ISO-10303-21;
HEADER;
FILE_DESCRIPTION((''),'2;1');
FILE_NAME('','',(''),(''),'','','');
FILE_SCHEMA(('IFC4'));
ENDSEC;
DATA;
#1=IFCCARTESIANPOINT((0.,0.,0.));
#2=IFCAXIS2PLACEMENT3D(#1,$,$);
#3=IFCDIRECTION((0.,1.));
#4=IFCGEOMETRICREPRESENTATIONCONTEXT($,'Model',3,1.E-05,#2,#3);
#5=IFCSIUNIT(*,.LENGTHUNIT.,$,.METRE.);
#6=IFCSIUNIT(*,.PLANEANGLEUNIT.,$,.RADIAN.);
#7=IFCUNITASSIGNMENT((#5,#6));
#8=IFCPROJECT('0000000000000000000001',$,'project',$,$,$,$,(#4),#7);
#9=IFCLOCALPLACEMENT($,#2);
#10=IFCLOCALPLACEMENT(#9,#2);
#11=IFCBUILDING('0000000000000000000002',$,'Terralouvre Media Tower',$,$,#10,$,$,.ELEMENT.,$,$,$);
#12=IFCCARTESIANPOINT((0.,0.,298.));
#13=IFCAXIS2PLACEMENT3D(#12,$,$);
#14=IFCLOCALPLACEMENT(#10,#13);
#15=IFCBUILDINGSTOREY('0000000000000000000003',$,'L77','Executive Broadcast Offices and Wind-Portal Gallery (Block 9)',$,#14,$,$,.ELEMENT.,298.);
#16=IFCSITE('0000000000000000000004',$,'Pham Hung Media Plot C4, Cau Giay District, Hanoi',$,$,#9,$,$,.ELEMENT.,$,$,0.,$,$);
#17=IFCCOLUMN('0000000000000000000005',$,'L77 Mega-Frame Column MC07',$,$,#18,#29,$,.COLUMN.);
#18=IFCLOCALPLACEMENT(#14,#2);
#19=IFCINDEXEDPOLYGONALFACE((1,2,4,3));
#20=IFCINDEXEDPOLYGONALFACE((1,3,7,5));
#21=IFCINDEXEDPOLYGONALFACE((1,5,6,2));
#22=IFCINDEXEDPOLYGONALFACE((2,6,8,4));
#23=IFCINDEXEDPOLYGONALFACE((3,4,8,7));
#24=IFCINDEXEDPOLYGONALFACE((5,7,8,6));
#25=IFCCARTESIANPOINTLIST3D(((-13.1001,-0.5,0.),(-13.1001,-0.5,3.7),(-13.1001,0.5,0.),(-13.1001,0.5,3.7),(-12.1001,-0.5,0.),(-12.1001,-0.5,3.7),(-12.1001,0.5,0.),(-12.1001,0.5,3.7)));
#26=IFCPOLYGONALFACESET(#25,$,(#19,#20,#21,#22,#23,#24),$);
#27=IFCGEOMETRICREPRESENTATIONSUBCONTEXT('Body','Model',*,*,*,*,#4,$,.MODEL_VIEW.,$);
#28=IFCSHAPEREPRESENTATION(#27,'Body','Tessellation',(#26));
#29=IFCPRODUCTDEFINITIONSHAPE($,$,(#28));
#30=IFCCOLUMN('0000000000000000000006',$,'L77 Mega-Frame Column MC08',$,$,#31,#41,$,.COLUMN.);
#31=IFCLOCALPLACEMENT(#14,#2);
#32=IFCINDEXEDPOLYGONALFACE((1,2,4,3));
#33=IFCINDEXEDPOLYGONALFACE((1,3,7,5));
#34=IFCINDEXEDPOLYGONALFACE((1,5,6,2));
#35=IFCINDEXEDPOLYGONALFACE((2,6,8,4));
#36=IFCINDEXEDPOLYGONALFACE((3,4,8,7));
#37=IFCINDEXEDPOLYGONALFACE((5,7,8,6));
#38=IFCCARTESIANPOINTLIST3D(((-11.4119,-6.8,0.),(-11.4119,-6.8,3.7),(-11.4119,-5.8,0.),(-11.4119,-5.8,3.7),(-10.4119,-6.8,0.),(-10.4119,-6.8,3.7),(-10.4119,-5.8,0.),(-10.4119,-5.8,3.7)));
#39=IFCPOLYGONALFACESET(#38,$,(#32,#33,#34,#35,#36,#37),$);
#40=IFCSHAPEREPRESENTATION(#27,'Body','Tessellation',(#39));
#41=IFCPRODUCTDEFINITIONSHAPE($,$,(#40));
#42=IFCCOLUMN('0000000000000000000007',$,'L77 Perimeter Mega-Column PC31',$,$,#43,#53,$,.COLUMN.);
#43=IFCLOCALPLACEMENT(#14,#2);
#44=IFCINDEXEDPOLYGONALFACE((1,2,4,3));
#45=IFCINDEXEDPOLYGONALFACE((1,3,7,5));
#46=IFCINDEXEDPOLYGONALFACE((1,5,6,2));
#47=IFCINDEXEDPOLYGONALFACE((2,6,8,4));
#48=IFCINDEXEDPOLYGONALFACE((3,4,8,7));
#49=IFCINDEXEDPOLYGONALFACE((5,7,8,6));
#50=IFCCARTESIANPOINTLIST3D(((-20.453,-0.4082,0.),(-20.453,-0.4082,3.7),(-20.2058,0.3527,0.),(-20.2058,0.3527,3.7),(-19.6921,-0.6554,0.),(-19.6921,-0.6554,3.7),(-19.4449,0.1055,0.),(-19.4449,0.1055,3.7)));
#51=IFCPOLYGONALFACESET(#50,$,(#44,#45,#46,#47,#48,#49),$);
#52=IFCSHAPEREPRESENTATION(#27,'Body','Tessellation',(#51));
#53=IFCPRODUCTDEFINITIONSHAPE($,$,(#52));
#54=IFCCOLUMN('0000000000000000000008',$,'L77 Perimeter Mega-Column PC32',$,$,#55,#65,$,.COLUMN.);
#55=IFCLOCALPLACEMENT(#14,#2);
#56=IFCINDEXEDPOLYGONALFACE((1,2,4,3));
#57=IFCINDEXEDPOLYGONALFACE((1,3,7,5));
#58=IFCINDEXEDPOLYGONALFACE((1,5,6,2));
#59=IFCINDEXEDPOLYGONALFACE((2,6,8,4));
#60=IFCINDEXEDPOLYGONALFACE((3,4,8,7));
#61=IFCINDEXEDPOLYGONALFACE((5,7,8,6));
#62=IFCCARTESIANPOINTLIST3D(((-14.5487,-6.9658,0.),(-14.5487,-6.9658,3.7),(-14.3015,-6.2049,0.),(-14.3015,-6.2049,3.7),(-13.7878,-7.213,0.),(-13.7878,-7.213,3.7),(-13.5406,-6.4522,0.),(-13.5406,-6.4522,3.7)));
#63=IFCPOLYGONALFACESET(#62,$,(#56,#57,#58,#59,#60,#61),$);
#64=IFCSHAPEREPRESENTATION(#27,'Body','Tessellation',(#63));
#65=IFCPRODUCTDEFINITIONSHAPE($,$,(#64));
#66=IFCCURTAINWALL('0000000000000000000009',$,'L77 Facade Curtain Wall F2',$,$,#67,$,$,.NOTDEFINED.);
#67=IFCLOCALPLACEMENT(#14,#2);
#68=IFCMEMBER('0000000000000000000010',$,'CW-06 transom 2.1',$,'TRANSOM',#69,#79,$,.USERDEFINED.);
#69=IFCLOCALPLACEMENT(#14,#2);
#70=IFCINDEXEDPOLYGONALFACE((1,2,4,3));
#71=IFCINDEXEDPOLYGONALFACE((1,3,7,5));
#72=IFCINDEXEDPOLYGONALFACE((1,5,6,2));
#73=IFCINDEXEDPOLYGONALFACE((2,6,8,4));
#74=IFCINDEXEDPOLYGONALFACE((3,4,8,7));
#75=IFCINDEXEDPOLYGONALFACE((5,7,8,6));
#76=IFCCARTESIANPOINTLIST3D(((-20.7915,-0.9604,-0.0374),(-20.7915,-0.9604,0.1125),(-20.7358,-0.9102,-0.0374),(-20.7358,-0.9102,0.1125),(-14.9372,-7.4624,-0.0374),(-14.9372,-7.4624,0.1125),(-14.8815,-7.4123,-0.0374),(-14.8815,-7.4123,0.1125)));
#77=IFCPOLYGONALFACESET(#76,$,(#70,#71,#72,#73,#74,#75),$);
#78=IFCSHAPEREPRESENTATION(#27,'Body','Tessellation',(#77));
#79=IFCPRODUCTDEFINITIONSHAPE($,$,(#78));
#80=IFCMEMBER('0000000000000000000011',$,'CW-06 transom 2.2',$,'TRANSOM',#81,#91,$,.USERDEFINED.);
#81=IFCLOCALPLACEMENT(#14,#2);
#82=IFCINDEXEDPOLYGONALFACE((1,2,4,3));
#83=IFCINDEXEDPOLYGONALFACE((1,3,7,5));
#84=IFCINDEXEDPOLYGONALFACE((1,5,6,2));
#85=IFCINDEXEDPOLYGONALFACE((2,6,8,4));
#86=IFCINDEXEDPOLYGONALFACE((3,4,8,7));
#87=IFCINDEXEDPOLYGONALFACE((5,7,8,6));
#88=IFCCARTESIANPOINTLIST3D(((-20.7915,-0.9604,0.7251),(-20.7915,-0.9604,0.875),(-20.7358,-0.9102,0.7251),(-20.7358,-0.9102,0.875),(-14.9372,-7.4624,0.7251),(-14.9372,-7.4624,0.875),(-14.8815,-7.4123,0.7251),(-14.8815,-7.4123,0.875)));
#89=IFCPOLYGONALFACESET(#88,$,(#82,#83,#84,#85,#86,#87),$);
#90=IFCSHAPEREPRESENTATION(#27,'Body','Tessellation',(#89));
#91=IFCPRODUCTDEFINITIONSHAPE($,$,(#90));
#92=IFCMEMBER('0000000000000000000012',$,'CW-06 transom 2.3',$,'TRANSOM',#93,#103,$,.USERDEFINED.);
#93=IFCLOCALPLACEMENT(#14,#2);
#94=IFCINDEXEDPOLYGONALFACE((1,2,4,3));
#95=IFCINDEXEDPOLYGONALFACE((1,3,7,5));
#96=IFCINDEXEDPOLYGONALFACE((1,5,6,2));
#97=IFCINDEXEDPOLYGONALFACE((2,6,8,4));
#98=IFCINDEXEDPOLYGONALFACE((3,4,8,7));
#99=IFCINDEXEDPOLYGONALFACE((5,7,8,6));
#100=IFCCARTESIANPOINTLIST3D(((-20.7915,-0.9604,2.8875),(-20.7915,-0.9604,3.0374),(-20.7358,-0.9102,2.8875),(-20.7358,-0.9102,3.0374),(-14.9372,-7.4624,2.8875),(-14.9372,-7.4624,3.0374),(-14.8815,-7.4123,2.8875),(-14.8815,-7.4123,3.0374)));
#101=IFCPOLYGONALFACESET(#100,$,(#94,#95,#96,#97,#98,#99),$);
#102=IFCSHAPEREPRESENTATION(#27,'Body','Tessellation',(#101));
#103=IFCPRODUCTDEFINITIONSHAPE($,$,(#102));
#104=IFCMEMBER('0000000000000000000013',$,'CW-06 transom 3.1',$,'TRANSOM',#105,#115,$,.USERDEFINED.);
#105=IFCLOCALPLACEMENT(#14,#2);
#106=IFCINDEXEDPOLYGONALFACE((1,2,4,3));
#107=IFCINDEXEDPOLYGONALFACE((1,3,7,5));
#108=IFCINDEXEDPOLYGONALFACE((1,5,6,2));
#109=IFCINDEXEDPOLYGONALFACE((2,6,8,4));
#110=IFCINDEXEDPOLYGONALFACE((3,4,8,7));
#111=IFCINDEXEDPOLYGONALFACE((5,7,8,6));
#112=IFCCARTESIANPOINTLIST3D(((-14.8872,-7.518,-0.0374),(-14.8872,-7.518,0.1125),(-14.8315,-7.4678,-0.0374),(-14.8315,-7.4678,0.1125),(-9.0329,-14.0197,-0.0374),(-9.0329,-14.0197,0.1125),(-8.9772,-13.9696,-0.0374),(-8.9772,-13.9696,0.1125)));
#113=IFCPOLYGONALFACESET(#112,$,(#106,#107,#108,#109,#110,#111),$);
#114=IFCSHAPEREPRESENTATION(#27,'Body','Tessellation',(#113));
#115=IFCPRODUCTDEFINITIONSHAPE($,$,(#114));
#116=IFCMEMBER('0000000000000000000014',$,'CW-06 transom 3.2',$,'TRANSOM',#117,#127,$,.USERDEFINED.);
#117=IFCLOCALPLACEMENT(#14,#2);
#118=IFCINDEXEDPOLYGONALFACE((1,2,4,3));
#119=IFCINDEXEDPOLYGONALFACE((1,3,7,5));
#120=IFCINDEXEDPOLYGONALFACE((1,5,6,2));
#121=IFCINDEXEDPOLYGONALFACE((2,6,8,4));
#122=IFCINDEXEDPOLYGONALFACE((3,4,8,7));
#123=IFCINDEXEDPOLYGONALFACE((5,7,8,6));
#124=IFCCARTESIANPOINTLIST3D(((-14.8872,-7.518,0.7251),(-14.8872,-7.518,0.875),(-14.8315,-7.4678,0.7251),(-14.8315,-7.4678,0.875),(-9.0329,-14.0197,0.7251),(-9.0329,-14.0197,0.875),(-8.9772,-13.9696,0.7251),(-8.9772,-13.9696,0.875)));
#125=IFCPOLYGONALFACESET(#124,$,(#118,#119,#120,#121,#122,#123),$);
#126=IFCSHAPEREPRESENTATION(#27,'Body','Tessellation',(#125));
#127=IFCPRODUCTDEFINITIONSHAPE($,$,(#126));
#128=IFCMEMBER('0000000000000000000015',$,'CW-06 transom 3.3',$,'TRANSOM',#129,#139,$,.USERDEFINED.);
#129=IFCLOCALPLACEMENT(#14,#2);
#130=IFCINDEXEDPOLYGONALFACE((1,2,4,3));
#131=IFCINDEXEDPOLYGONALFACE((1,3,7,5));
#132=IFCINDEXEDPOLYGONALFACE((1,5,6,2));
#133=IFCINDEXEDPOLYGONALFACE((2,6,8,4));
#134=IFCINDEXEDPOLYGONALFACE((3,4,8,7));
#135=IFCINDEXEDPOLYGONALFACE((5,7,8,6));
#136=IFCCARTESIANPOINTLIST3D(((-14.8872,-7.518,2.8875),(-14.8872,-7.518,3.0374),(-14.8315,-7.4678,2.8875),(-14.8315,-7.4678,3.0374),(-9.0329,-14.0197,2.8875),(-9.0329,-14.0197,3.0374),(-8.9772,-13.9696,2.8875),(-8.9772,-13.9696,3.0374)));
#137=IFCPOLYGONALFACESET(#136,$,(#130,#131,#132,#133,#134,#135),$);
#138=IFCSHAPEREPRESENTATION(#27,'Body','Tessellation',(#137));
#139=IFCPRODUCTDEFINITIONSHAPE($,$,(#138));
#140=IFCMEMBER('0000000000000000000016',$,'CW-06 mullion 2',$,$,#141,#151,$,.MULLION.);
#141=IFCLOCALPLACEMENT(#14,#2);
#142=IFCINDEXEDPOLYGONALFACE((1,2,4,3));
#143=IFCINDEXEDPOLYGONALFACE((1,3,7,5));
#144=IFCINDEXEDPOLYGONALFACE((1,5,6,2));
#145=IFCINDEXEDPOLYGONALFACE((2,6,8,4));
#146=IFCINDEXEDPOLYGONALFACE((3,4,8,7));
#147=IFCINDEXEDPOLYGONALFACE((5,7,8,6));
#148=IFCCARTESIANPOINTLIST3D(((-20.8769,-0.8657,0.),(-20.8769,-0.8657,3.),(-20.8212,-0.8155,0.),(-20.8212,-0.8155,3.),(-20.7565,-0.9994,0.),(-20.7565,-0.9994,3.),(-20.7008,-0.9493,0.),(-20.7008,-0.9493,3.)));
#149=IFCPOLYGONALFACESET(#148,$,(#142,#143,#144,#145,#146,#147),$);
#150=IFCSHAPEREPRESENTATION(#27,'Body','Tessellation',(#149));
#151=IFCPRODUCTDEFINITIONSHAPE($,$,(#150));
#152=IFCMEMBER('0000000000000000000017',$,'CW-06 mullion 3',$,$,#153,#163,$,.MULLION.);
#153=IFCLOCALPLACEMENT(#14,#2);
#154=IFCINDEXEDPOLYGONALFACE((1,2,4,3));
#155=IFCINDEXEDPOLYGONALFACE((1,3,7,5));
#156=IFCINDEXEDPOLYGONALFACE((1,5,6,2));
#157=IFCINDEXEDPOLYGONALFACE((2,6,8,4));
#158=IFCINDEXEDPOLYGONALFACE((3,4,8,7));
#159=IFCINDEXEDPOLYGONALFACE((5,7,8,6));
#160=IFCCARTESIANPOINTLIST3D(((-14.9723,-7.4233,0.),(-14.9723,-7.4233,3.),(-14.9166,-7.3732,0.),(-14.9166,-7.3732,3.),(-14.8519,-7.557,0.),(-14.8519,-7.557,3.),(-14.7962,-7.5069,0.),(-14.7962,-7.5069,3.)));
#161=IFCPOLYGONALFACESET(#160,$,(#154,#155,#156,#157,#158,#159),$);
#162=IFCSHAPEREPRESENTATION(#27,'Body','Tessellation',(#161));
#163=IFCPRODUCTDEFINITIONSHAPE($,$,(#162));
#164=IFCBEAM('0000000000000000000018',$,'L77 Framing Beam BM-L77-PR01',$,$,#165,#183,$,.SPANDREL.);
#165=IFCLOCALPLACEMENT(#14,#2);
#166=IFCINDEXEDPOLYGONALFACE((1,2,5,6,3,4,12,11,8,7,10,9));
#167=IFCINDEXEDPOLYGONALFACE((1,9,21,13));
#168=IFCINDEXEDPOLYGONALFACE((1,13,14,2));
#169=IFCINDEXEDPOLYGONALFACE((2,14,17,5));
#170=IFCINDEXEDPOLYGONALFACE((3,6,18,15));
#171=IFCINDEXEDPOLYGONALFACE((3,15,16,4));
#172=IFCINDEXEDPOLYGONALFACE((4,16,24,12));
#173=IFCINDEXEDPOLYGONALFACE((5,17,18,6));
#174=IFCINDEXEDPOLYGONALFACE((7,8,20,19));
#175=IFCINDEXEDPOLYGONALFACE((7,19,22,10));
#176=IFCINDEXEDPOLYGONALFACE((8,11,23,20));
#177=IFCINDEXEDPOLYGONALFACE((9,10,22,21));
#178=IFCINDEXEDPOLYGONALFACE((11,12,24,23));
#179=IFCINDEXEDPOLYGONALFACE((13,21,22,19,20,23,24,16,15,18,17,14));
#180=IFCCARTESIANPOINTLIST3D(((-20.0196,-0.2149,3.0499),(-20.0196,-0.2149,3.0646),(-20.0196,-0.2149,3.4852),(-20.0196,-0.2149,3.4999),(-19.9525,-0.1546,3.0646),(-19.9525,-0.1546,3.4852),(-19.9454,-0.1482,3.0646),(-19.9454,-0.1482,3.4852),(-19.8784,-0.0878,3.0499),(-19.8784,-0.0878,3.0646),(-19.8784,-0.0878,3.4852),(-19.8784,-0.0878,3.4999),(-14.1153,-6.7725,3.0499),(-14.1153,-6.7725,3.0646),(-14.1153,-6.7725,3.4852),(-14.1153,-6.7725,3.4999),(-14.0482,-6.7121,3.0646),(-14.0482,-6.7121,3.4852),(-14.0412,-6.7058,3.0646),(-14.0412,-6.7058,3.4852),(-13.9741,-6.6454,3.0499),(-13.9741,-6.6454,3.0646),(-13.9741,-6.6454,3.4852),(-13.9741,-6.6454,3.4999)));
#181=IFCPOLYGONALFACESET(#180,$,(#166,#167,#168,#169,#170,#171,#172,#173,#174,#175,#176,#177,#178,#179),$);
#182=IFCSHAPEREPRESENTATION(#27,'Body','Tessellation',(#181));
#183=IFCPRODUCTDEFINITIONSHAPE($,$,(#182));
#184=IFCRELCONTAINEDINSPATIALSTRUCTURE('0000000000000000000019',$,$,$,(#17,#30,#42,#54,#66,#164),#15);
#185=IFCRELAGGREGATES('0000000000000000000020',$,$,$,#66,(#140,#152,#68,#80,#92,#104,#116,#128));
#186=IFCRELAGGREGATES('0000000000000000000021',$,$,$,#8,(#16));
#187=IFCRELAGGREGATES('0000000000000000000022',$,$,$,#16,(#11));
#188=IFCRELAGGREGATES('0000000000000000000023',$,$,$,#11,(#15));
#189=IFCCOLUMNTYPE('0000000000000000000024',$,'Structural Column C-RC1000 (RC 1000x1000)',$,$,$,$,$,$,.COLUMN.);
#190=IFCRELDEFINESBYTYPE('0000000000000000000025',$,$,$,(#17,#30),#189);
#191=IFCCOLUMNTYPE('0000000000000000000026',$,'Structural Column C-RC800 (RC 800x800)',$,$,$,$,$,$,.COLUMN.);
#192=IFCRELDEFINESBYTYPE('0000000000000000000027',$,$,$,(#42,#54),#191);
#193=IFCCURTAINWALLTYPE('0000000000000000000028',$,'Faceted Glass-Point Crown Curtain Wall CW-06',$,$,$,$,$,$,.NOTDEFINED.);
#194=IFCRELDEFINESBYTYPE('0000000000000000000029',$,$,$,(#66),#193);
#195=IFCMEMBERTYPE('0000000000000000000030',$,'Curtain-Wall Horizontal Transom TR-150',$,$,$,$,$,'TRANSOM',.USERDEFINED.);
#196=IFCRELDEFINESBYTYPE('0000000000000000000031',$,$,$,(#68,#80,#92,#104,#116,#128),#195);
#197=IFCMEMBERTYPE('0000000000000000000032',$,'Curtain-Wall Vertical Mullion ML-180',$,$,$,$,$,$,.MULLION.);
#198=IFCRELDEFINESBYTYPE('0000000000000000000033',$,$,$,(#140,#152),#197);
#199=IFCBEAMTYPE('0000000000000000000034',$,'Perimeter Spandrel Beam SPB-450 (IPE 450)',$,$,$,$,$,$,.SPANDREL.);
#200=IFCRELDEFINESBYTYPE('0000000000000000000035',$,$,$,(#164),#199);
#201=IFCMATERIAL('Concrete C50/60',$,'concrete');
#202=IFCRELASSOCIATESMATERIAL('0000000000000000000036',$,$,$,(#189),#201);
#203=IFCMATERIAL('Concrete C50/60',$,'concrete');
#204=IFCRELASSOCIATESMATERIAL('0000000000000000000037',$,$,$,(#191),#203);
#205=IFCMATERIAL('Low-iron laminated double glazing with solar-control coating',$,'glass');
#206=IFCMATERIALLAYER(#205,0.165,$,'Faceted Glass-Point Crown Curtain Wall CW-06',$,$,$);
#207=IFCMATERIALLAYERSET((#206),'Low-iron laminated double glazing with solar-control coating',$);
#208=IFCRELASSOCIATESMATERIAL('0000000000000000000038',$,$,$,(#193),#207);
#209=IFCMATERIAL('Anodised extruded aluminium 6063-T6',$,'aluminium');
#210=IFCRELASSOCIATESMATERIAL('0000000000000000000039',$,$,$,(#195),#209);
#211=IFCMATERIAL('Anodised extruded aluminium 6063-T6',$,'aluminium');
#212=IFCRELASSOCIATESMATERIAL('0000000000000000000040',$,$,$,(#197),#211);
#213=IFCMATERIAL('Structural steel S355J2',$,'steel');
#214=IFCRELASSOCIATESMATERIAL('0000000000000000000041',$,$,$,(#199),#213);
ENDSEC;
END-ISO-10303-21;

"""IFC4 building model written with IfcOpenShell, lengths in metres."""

from ifc_helpers import new_model, si_unit, direction, frame, origin, origin_2d, place, context, subcontext, project, spatial, rectangle, i_section, extrude, material, layer, layer_set, material_profile, profile_set, type_object, element, aggregate, save


model = new_model("IFC4")

# Units and contexts
model_context = context("Model", 3, precision=1e-05, world=origin(), true_north=direction((0.0, 1.0)))
body_context = subcontext(model_context, "Body", "Model", "MODEL_VIEW")
ifc_project = project(units=[si_unit("LENGTHUNIT", "METRE"), si_unit("PLANEANGLEUNIT", "RADIAN")], contexts=[model_context])

# Site, building, storey
site_placement = place(None, origin())
site = spatial("IfcSite", under=ifc_project, at=site_placement, Name="Pham Hung Media Plot C4, Cau Giay District, Hanoi", CompositionType="ELEMENT", RefElevation=0.0)
building_placement = place(site_placement, origin())
building = spatial("IfcBuilding", under=site, at=building_placement, Name="Terralouvre Media Tower", CompositionType="ELEMENT")
storey_placement = place(building_placement, frame((0.0, 0.0, 298.0)))
storey = spatial("IfcBuildingStorey", under=building, at=storey_placement, Name="L77", Description="Executive Broadcast Offices and Wind-Portal Gallery (Block 9)", CompositionType="ELEMENT", Elevation=298.0)

# Columns
ifc_material_1 = material(Name="Concrete C50/60", Category="concrete")
ifc_material_profile_1 = material_profile(ifc_material_1, rectangle(XDim=1.0, YDim=1.0, at=origin_2d()), Name="RC 1000x1000")
ifc_profile_set_1 = profile_set([ifc_material_profile_1], Name="Concrete C50/60")
column_type_1 = type_object("IfcColumnType", Name="Structural Column C-RC1000 (RC 1000x1000)", PredefinedType="COLUMN", material=ifc_profile_set_1)
for number, where, z_axis, x_axis, name in (
    (1, (-12.6001, 0.0, 0.0), (0.0, 0.0, 1.0), (1.0, 0.0, 0.0), "L77 Mega-Frame Column MC07"),
    (2, (-10.9119, -6.3, 0.0), (0.0, 0.0, 1.0), (1.0, 0.0, 0.0), "L77 Mega-Frame Column MC08"),
):
    element("IfcColumn", number, at=place(storey_placement, frame(where, z_axis=z_axis, x_axis=x_axis)), inside=storey, type_object=column_type_1, Name=name, PredefinedType="COLUMN", context=body_context, shape_type="SweptSolid", body=[
        extrude(rectangle(XDim=1.0, YDim=1.0, at=origin_2d()), origin(), (0.0, 0.0, 1.0), 3.7),
    ])
ifc_material_2 = material(Name="Concrete C50/60", Category="concrete")
ifc_material_profile_2 = material_profile(ifc_material_2, rectangle(XDim=0.8, YDim=0.8, at=origin_2d()), Name="RC 800x800")
ifc_profile_set_2 = profile_set([ifc_material_profile_2], Name="Concrete C50/60")
column_type_2 = type_object("IfcColumnType", Name="Structural Column C-RC800 (RC 800x800)", PredefinedType="COLUMN", material=ifc_profile_set_2)
for number, where, z_axis, x_axis, name in (
    (3, (-19.949, -0.1514, 0.0), (0.0, 0.0, 1.0), (0.309017, 0.951057, 0.0), "L77 Perimeter Mega-Column PC31"),
    (4, (-14.0447, -6.709, 0.0), (0.0, 0.0, 1.0), (0.309017, 0.951057, 0.0), "L77 Perimeter Mega-Column PC32"),
):
    element("IfcColumn", number, at=place(storey_placement, frame(where, z_axis=z_axis, x_axis=x_axis)), inside=storey, type_object=column_type_2, Name=name, PredefinedType="COLUMN", context=body_context, shape_type="SweptSolid", body=[
        extrude(rectangle(XDim=0.8, YDim=0.8, at=origin_2d()), origin(), (0.0, 0.0, 1.0), 3.7),
    ])

# Curtain wall, members
ifc_material_3 = material(Name="Low-iron laminated double glazing with solar-control coating", Category="glass")
ifc_layer_1 = layer(ifc_material_3, 0.165, Name="Faceted Glass-Point Crown Curtain Wall CW-06")
ifc_layer_set_1 = layer_set([ifc_layer_1], Name="Low-iron laminated double glazing with solar-control coating")
curtain_wall_type = type_object("IfcCurtainWallType", Name="Faceted Glass-Point Crown Curtain Wall CW-06", PredefinedType="NOTDEFINED", material=ifc_layer_set_1)
curtain_wall_placement = place(storey_placement, origin())
curtain_wall = element("IfcCurtainWall", 5, at=curtain_wall_placement, inside=storey, type_object=curtain_wall_type, Name="L77 Facade Curtain Wall F2", PredefinedType="NOTDEFINED")
ifc_material_4 = material(Name="Anodised extruded aluminium 6063-T6", Category="aluminium")
ifc_material_profile_3 = material_profile(ifc_material_4, rectangle(XDim=0.075, YDim=0.1499, at=origin_2d()), Name="ALU 75x150")
ifc_profile_set_3 = profile_set([ifc_material_profile_3], Name="Anodised extruded aluminium 6063-T6")
member_type_1 = type_object("IfcMemberType", Name="Curtain-Wall Horizontal Transom TR-150", ElementType="TRANSOM", PredefinedType="USERDEFINED", material=ifc_profile_set_3)
member_1_placement = place(storey_placement, frame((-20.7637, -0.9353, 0.0376), z_axis=(0.669122, -0.743153, 0.0), x_axis=(0.743153, 0.669122, 0.0)))
member_1 = element("IfcMember", 6, at=member_1_placement, type_object=member_type_1, Name="CW-06 transom 2.1", ObjectType="TRANSOM", PredefinedType="USERDEFINED", context=body_context, shape_type="SweptSolid", body=[
    extrude(rectangle(XDim=0.075, YDim=0.1499, at=origin_2d()), origin(), (0.0, 0.0, 1.0), 8.7493),
])
member_2_placement = place(storey_placement, frame((-20.7637, -0.9353, 0.8), z_axis=(0.669122, -0.743153, 0.0), x_axis=(0.743153, 0.669122, 0.0)))
member_2 = element("IfcMember", 7, at=member_2_placement, type_object=member_type_1, Name="CW-06 transom 2.2", ObjectType="TRANSOM", PredefinedType="USERDEFINED", context=body_context, shape_type="SweptSolid", body=[
    extrude(rectangle(XDim=0.075, YDim=0.1499, at=origin_2d()), origin(), (0.0, 0.0, 1.0), 8.7493),
])
member_3_placement = place(storey_placement, frame((-20.7637, -0.9353, 2.9624), z_axis=(0.669122, -0.743153, 0.0), x_axis=(0.743153, 0.669122, 0.0)))
member_3 = element("IfcMember", 8, at=member_3_placement, type_object=member_type_1, Name="CW-06 transom 2.3", ObjectType="TRANSOM", PredefinedType="USERDEFINED", context=body_context, shape_type="SweptSolid", body=[
    extrude(rectangle(XDim=0.075, YDim=0.1499, at=origin_2d()), origin(), (0.0, 0.0, 1.0), 8.7493),
])
member_4_placement = place(storey_placement, frame((-14.8594, -7.4929, 0.0376), z_axis=(0.669136, -0.74314, 0.0), x_axis=(0.74314, 0.669136, 0.0)))
member_4 = element("IfcMember", 9, at=member_4_placement, type_object=member_type_1, Name="CW-06 transom 3.1", ObjectType="TRANSOM", PredefinedType="USERDEFINED", context=body_context, shape_type="SweptSolid", body=[
    extrude(rectangle(XDim=0.075, YDim=0.1499, at=origin_2d()), origin(), (0.0, 0.0, 1.0), 8.749),
])
member_5_placement = place(storey_placement, frame((-14.8594, -7.4929, 0.8), z_axis=(0.669136, -0.74314, 0.0), x_axis=(0.74314, 0.669136, 0.0)))
member_5 = element("IfcMember", 10, at=member_5_placement, type_object=member_type_1, Name="CW-06 transom 3.2", ObjectType="TRANSOM", PredefinedType="USERDEFINED", context=body_context, shape_type="SweptSolid", body=[
    extrude(rectangle(XDim=0.075, YDim=0.1499, at=origin_2d()), origin(), (0.0, 0.0, 1.0), 8.749),
])
member_6_placement = place(storey_placement, frame((-14.8594, -7.4929, 2.9624), z_axis=(0.669136, -0.74314, 0.0), x_axis=(0.74314, 0.669136, 0.0)))
member_6 = element("IfcMember", 11, at=member_6_placement, type_object=member_type_1, Name="CW-06 transom 3.3", ObjectType="TRANSOM", PredefinedType="USERDEFINED", context=body_context, shape_type="SweptSolid", body=[
    extrude(rectangle(XDim=0.075, YDim=0.1499, at=origin_2d()), origin(), (0.0, 0.0, 1.0), 8.749),
])
ifc_material_5 = material(Name="Anodised extruded aluminium 6063-T6", Category="aluminium")
ifc_material_profile_4 = material_profile(ifc_material_5, rectangle(XDim=0.075, YDim=0.1799, at=origin_2d()), Name="ALU 75x180")
ifc_profile_set_4 = profile_set([ifc_material_profile_4], Name="Anodised extruded aluminium 6063-T6")
member_type_2 = type_object("IfcMemberType", Name="Curtain-Wall Vertical Mullion ML-180", PredefinedType="MULLION", material=ifc_profile_set_4)
member_7_placement = place(storey_placement, frame((-20.7888, -0.9075, 0.0), z_axis=(0.0, 0.0, 1.0), x_axis=(0.743145, 0.669131, 0.0)))
member_7 = element("IfcMember", 12, at=member_7_placement, type_object=member_type_2, Name="CW-06 mullion 2", PredefinedType="MULLION", context=body_context, shape_type="SweptSolid", body=[
    extrude(rectangle(XDim=0.075, YDim=0.1799, at=origin_2d()), origin(), (0.0, 0.0, 1.0), 3.0),
])
member_8_placement = place(storey_placement, frame((-14.8843, -7.4651, 0.0), z_axis=(0.0, 0.0, 1.0), x_axis=(0.743145, 0.669131, 0.0)))
member_8 = element("IfcMember", 13, at=member_8_placement, type_object=member_type_2, Name="CW-06 mullion 3", PredefinedType="MULLION", context=body_context, shape_type="SweptSolid", body=[
    extrude(rectangle(XDim=0.075, YDim=0.1799, at=origin_2d()), origin(), (0.0, 0.0, 1.0), 3.0),
])

# Beam
ifc_material_6 = material(Name="Structural steel S355J2", Category="steel")
ifc_material_profile_5 = material_profile(ifc_material_6, i_section(OverallWidth=0.1899, OverallDepth=0.45, WebThickness=0.0095, FlangeThickness=0.0146, at=origin_2d()), Name="IPE 450")
ifc_profile_set_5 = profile_set([ifc_material_profile_5], Name="Structural steel S355J2")
beam_type_1 = type_object("IfcBeamType", Name="Perimeter Spandrel Beam SPB-450 (IPE 450)", PredefinedType="SPANDREL", material=ifc_profile_set_5)
for number, where, z_axis, x_axis, name in (
    (14, (-19.949, -0.1514, 3.2749), (0.669118, -0.743157, 0.0), (0.743157, 0.669118, 0.0), "L77 Framing Beam BM-L77-PR01"),
):
    element("IfcBeam", number, at=place(storey_placement, frame(where, z_axis=z_axis, x_axis=x_axis)), inside=storey, type_object=beam_type_1, Name=name, PredefinedType="SPANDREL", context=body_context, shape_type="SweptSolid", body=[
        extrude(i_section(OverallWidth=0.1899, OverallDepth=0.45, WebThickness=0.0095, FlangeThickness=0.0146, at=origin_2d()), origin(), (0.0, 0.0, 1.0), 8.824),
    ])

aggregate(curtain_wall, [member_7, member_8, member_1, member_2, member_3, member_4, member_5, member_6])

save(model, "model.ifc")
